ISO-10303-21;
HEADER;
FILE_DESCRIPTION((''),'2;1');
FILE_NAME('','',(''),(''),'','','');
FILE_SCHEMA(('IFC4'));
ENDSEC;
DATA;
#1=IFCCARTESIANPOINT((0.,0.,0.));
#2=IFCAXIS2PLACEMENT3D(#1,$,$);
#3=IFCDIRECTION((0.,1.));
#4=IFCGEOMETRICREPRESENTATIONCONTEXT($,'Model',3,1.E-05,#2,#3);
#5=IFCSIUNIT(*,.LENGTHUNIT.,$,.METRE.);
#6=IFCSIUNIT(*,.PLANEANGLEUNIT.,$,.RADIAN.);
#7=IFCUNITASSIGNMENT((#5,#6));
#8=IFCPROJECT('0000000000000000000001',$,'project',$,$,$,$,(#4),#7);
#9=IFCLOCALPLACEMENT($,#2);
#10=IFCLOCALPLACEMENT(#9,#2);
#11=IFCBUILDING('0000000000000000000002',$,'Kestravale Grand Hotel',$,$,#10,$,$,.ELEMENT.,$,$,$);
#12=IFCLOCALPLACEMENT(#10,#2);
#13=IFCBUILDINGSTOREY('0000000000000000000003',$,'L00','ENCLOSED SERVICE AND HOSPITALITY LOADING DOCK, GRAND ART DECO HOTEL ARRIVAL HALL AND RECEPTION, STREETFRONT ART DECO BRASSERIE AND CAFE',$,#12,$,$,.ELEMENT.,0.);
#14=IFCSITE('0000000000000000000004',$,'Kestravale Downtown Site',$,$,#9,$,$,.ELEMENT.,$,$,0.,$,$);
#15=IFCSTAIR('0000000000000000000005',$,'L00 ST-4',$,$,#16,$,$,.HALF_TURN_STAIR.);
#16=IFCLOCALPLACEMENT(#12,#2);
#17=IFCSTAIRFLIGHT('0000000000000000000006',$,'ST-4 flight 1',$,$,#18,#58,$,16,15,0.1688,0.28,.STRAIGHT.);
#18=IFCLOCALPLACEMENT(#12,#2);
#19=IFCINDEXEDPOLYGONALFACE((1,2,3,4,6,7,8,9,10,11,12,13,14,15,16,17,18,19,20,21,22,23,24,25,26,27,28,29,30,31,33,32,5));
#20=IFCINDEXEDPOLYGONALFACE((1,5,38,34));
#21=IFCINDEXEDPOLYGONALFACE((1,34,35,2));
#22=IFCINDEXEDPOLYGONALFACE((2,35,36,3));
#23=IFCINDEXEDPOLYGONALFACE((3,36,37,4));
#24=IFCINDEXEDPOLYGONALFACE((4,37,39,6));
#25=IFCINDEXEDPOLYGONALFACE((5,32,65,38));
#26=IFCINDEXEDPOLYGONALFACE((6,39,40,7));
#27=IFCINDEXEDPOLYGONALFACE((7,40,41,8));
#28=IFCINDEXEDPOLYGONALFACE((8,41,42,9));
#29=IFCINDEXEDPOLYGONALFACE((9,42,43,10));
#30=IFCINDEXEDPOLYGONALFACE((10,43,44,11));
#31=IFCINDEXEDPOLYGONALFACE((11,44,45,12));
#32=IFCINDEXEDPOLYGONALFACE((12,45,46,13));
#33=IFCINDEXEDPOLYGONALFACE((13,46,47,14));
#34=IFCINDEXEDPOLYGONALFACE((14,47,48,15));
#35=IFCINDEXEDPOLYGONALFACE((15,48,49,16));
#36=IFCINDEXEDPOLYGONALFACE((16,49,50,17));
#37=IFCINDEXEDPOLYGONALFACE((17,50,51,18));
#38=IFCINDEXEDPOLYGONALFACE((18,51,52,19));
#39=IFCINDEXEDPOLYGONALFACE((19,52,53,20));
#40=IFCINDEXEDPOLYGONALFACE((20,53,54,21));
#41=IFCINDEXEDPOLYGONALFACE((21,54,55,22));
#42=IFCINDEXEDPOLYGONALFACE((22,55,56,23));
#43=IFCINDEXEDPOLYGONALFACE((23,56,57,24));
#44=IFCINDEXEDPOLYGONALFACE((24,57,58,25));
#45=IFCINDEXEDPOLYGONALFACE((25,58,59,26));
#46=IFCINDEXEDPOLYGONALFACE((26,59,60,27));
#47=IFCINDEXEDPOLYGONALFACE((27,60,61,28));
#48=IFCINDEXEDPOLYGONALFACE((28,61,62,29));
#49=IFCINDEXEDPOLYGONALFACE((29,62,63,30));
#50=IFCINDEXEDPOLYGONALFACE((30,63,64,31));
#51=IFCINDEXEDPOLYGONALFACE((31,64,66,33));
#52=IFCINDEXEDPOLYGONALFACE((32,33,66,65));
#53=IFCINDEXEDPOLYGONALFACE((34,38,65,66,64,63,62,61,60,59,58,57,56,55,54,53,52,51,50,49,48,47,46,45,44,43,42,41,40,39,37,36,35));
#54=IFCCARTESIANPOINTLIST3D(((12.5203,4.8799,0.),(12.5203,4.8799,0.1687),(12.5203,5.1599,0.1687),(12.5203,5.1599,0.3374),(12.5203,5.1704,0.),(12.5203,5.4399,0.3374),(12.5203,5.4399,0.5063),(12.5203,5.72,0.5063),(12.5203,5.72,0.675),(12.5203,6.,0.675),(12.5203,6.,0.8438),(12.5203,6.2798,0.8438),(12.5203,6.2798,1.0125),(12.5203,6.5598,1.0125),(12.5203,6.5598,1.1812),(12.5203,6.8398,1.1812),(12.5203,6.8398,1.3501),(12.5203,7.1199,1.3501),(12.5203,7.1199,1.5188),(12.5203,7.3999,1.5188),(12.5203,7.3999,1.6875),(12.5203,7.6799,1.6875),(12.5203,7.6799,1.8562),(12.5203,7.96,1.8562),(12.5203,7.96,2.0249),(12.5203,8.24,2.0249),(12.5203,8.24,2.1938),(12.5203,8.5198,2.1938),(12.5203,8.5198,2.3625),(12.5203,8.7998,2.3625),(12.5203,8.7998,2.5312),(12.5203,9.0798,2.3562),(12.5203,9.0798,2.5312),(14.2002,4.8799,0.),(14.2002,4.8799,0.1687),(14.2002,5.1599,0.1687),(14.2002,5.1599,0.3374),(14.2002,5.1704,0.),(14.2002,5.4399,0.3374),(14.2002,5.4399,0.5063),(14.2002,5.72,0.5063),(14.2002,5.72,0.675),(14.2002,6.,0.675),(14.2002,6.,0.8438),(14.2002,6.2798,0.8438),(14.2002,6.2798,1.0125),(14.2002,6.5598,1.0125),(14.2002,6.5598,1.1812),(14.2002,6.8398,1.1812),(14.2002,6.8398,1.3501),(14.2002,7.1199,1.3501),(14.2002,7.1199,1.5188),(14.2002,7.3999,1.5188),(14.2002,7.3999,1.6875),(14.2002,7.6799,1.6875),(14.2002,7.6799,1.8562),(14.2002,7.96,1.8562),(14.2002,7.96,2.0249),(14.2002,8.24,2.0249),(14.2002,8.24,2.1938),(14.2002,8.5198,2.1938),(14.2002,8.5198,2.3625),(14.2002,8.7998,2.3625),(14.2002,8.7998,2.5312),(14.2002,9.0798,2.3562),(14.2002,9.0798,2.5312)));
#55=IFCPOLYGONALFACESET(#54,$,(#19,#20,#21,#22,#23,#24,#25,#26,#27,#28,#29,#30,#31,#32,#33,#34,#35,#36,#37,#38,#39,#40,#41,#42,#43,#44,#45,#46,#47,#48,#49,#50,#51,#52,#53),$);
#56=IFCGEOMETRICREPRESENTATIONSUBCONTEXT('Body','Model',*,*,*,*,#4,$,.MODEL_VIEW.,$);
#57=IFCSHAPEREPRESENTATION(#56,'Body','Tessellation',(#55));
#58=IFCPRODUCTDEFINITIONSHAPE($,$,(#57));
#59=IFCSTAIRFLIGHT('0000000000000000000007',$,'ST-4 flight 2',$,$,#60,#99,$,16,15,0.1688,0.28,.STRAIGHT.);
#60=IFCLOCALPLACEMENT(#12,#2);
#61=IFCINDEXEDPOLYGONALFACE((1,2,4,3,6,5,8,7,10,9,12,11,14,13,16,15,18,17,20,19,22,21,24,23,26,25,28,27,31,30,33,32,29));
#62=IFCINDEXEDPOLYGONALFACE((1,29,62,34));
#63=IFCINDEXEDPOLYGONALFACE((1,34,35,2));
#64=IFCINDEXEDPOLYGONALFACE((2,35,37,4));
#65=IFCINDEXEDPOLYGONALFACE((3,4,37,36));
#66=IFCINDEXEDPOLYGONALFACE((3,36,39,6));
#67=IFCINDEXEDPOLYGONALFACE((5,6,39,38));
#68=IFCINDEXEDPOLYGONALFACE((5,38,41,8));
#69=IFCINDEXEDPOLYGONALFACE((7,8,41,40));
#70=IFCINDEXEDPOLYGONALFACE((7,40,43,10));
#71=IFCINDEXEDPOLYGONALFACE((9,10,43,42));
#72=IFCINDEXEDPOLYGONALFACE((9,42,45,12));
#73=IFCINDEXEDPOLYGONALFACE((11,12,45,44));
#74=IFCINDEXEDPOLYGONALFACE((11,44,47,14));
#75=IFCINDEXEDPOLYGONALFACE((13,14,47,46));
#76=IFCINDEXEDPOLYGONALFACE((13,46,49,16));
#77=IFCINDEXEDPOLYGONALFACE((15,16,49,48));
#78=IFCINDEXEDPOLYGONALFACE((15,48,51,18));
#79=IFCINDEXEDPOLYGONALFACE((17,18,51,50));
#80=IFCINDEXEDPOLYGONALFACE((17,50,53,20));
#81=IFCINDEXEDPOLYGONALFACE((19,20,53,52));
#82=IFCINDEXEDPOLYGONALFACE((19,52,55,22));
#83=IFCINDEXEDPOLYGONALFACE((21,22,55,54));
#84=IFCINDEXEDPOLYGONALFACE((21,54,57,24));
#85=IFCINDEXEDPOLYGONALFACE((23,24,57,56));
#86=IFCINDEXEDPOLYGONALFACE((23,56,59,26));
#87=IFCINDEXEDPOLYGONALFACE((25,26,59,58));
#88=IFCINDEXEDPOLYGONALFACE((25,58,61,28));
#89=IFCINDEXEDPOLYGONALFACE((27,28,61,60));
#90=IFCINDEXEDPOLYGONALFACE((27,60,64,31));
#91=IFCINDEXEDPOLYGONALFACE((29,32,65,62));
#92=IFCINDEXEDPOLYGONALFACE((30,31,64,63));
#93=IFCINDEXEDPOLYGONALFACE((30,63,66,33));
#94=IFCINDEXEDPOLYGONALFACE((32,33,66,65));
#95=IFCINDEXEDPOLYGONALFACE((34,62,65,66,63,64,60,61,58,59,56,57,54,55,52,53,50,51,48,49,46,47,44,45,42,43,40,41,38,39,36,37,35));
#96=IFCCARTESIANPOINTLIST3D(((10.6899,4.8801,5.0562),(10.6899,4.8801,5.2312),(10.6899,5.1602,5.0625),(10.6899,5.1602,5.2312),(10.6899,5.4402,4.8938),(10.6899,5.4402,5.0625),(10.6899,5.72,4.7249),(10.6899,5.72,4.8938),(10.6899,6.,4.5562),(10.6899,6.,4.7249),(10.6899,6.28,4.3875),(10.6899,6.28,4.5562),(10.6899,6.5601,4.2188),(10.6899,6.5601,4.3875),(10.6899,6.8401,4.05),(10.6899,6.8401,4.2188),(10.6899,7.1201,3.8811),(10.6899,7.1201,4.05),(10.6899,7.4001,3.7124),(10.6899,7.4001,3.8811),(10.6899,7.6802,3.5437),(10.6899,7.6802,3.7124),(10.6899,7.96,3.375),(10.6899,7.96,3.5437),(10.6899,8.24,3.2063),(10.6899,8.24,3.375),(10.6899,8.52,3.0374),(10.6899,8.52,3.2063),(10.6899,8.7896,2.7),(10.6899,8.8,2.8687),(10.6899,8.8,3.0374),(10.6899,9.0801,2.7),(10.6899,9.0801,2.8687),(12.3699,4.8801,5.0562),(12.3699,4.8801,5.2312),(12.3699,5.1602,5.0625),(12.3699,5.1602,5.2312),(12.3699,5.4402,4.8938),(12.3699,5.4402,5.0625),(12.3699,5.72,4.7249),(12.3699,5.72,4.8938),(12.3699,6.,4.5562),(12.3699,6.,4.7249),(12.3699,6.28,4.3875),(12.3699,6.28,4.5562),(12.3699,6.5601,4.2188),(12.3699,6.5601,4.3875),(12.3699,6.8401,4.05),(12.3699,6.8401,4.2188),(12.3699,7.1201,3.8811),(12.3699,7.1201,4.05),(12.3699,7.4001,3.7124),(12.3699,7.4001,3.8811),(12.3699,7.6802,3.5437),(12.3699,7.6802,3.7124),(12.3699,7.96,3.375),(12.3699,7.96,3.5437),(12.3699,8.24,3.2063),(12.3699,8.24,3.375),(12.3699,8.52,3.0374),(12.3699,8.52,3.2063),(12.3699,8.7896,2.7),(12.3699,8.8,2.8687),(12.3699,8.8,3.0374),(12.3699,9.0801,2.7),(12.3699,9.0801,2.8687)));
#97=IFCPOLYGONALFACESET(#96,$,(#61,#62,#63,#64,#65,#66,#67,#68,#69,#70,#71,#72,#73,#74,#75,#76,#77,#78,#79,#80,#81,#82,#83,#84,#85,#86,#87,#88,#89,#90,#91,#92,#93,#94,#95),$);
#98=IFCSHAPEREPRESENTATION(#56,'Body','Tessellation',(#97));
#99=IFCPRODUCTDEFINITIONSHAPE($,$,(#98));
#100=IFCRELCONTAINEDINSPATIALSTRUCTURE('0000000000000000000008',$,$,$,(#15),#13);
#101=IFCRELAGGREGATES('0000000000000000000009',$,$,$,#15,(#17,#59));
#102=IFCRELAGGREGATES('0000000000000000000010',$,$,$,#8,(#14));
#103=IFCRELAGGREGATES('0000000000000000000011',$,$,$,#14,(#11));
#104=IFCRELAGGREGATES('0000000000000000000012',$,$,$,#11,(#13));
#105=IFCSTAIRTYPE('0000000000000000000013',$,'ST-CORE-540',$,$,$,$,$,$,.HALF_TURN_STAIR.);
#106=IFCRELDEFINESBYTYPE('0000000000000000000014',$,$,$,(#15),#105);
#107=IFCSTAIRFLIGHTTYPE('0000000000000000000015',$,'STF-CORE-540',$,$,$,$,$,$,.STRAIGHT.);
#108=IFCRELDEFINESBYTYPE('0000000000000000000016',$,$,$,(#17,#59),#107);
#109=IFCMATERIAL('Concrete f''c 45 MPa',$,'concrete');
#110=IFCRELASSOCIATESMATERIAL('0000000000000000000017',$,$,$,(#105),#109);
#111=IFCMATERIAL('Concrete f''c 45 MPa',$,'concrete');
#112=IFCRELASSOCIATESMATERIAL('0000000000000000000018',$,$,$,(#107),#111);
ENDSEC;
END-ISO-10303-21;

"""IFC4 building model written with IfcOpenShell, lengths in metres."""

from ifc_helpers import new_model, si_unit, direction, frame, origin, place, context, subcontext, project, spatial, polyline, outline, extrude, material, type_object, element, aggregate, save


model = new_model("IFC4")

# Units and contexts
model_context = context("Model", 3, precision=1e-05, world=origin(), true_north=direction((0.0, 1.0)))
body_context = subcontext(model_context, "Body", "Model", "MODEL_VIEW")
ifc_project = project(units=[si_unit("LENGTHUNIT", "METRE"), si_unit("PLANEANGLEUNIT", "RADIAN")], contexts=[model_context])

# Site, building, storey
site_placement = place(None, origin())
site = spatial("IfcSite", under=ifc_project, at=site_placement, Name="Kestravale Downtown Site", CompositionType="ELEMENT", RefElevation=0.0)
building_placement = place(site_placement, origin())
building = spatial("IfcBuilding", under=site, at=building_placement, Name="Kestravale Grand Hotel", CompositionType="ELEMENT")
storey_placement = place(building_placement, origin())
storey = spatial("IfcBuildingStorey", under=building, at=storey_placement, Name="L00", Description="ENCLOSED SERVICE AND HOSPITALITY LOADING DOCK, GRAND ART DECO HOTEL ARRIVAL HALL AND RECEPTION, STREETFRONT ART DECO BRASSERIE AND CAFE", CompositionType="ELEMENT", Elevation=0.0)

# Stair, stair flights
ifc_material_1 = material(Name="Concrete f'c 45 MPa", Category="concrete")
stair_type = type_object("IfcStairType", Name="ST-CORE-540", PredefinedType="HALF_TURN_STAIR", material=ifc_material_1)
stair_placement = place(storey_placement, origin())
stair = element("IfcStair", 1, at=stair_placement, inside=storey, type_object=stair_type, Name="L00 ST-4", PredefinedType="HALF_TURN_STAIR")
ifc_material_2 = material(Name="Concrete f'c 45 MPa", Category="concrete")
stair_flight_type = type_object("IfcStairFlightType", Name="STF-CORE-540", PredefinedType="STRAIGHT", material=ifc_material_2)
stair_flight_1_placement = place(storey_placement, frame((13.3601, 4.8799, 0.0), z_axis=(0.0, 0.0, 1.0), x_axis=(0.0, 1.0, 0.0)))
stair_flight_1 = element("IfcStairFlight", 2, at=stair_flight_1_placement, type_object=stair_flight_type, Name="ST-4 flight 1", NumberOfRisers=16, NumberOfTreads=15, PredefinedType="STRAIGHT", RiserHeight=0.1688, TreadLength=0.28, context=body_context, shape_type="SweptSolid", body=[
    extrude(outline(polyline([(0.0, 0.0), (0.0, 0.1687), (0.28, 0.1687), (0.28, 0.3374), (0.5601, 0.3374), (0.5601, 0.5063), (0.8401, 0.5063), (0.8401, 0.675), (1.1201, 0.675), (1.1201, 0.8438), (1.3999, 0.8438), (1.3999, 1.0125), (1.6799, 1.0125), (1.6799, 1.1812), (1.96, 1.1812), (1.96, 1.3501), (2.24, 1.3501), (2.24, 1.5188), (2.52, 1.5188), (2.52, 1.6875), (2.8, 1.6875), (2.8, 1.8562), (3.0801, 1.8562), (3.0801, 2.0249), (3.3601, 2.0249), (3.3601, 2.1938), (3.6399, 2.1938), (3.6399, 2.3625), (3.9199, 2.3625), (3.9199, 2.5312), (4.2, 2.5312), (4.2, 2.7), (4.2, 2.3562), (0.2905, 0.0), (0.0, 0.0)])), frame((0.0, 0.8398, 0.0), z_axis=(0.0, -1.0, 0.0), x_axis=(1.0, 0.0, 0.0)), (0.0, 0.0, 1.0), 1.6799),
])
stair_flight_2_placement = place(storey_placement, frame((11.53, 9.0801, 2.7), z_axis=(0.0, 0.0, 1.0), x_axis=(0.0, -1.0, 0.0)))
stair_flight_2 = element("IfcStairFlight", 3, at=stair_flight_2_placement, type_object=stair_flight_type, Name="ST-4 flight 2", NumberOfRisers=16, NumberOfTreads=15, PredefinedType="STRAIGHT", RiserHeight=0.1688, TreadLength=0.28, context=body_context, shape_type="SweptSolid", body=[
    extrude(outline(polyline([(0.0, 0.0), (0.0, 0.1687), (0.28, 0.1687), (0.28, 0.3374), (0.5601, 0.3374), (0.5601, 0.5063), (0.8401, 0.5063), (0.8401, 0.675), (1.1201, 0.675), (1.1201, 0.8438), (1.3999, 0.8438), (1.3999, 1.0125), (1.6799, 1.0125), (1.6799, 1.1812), (1.96, 1.1812), (1.96, 1.3501), (2.24, 1.3501), (2.24, 1.5188), (2.52, 1.5188), (2.52, 1.6875), (2.8, 1.6875), (2.8, 1.8562), (3.0801, 1.8562), (3.0801, 2.0249), (3.3601, 2.0249), (3.3601, 2.1938), (3.6399, 2.1938), (3.6399, 2.3625), (3.9199, 2.3625), (3.9199, 2.5312), (4.2, 2.5312), (4.2, 2.7), (4.2, 2.3562), (0.2905, 0.0), (0.0, 0.0)])), frame((0.0, 0.8398, 0.0), z_axis=(0.0, -1.0, 0.0), x_axis=(1.0, 0.0, 0.0)), (0.0, 0.0, 1.0), 1.6799),
])
aggregate(stair, [stair_flight_1, stair_flight_2])

save(model, "model.ifc")
